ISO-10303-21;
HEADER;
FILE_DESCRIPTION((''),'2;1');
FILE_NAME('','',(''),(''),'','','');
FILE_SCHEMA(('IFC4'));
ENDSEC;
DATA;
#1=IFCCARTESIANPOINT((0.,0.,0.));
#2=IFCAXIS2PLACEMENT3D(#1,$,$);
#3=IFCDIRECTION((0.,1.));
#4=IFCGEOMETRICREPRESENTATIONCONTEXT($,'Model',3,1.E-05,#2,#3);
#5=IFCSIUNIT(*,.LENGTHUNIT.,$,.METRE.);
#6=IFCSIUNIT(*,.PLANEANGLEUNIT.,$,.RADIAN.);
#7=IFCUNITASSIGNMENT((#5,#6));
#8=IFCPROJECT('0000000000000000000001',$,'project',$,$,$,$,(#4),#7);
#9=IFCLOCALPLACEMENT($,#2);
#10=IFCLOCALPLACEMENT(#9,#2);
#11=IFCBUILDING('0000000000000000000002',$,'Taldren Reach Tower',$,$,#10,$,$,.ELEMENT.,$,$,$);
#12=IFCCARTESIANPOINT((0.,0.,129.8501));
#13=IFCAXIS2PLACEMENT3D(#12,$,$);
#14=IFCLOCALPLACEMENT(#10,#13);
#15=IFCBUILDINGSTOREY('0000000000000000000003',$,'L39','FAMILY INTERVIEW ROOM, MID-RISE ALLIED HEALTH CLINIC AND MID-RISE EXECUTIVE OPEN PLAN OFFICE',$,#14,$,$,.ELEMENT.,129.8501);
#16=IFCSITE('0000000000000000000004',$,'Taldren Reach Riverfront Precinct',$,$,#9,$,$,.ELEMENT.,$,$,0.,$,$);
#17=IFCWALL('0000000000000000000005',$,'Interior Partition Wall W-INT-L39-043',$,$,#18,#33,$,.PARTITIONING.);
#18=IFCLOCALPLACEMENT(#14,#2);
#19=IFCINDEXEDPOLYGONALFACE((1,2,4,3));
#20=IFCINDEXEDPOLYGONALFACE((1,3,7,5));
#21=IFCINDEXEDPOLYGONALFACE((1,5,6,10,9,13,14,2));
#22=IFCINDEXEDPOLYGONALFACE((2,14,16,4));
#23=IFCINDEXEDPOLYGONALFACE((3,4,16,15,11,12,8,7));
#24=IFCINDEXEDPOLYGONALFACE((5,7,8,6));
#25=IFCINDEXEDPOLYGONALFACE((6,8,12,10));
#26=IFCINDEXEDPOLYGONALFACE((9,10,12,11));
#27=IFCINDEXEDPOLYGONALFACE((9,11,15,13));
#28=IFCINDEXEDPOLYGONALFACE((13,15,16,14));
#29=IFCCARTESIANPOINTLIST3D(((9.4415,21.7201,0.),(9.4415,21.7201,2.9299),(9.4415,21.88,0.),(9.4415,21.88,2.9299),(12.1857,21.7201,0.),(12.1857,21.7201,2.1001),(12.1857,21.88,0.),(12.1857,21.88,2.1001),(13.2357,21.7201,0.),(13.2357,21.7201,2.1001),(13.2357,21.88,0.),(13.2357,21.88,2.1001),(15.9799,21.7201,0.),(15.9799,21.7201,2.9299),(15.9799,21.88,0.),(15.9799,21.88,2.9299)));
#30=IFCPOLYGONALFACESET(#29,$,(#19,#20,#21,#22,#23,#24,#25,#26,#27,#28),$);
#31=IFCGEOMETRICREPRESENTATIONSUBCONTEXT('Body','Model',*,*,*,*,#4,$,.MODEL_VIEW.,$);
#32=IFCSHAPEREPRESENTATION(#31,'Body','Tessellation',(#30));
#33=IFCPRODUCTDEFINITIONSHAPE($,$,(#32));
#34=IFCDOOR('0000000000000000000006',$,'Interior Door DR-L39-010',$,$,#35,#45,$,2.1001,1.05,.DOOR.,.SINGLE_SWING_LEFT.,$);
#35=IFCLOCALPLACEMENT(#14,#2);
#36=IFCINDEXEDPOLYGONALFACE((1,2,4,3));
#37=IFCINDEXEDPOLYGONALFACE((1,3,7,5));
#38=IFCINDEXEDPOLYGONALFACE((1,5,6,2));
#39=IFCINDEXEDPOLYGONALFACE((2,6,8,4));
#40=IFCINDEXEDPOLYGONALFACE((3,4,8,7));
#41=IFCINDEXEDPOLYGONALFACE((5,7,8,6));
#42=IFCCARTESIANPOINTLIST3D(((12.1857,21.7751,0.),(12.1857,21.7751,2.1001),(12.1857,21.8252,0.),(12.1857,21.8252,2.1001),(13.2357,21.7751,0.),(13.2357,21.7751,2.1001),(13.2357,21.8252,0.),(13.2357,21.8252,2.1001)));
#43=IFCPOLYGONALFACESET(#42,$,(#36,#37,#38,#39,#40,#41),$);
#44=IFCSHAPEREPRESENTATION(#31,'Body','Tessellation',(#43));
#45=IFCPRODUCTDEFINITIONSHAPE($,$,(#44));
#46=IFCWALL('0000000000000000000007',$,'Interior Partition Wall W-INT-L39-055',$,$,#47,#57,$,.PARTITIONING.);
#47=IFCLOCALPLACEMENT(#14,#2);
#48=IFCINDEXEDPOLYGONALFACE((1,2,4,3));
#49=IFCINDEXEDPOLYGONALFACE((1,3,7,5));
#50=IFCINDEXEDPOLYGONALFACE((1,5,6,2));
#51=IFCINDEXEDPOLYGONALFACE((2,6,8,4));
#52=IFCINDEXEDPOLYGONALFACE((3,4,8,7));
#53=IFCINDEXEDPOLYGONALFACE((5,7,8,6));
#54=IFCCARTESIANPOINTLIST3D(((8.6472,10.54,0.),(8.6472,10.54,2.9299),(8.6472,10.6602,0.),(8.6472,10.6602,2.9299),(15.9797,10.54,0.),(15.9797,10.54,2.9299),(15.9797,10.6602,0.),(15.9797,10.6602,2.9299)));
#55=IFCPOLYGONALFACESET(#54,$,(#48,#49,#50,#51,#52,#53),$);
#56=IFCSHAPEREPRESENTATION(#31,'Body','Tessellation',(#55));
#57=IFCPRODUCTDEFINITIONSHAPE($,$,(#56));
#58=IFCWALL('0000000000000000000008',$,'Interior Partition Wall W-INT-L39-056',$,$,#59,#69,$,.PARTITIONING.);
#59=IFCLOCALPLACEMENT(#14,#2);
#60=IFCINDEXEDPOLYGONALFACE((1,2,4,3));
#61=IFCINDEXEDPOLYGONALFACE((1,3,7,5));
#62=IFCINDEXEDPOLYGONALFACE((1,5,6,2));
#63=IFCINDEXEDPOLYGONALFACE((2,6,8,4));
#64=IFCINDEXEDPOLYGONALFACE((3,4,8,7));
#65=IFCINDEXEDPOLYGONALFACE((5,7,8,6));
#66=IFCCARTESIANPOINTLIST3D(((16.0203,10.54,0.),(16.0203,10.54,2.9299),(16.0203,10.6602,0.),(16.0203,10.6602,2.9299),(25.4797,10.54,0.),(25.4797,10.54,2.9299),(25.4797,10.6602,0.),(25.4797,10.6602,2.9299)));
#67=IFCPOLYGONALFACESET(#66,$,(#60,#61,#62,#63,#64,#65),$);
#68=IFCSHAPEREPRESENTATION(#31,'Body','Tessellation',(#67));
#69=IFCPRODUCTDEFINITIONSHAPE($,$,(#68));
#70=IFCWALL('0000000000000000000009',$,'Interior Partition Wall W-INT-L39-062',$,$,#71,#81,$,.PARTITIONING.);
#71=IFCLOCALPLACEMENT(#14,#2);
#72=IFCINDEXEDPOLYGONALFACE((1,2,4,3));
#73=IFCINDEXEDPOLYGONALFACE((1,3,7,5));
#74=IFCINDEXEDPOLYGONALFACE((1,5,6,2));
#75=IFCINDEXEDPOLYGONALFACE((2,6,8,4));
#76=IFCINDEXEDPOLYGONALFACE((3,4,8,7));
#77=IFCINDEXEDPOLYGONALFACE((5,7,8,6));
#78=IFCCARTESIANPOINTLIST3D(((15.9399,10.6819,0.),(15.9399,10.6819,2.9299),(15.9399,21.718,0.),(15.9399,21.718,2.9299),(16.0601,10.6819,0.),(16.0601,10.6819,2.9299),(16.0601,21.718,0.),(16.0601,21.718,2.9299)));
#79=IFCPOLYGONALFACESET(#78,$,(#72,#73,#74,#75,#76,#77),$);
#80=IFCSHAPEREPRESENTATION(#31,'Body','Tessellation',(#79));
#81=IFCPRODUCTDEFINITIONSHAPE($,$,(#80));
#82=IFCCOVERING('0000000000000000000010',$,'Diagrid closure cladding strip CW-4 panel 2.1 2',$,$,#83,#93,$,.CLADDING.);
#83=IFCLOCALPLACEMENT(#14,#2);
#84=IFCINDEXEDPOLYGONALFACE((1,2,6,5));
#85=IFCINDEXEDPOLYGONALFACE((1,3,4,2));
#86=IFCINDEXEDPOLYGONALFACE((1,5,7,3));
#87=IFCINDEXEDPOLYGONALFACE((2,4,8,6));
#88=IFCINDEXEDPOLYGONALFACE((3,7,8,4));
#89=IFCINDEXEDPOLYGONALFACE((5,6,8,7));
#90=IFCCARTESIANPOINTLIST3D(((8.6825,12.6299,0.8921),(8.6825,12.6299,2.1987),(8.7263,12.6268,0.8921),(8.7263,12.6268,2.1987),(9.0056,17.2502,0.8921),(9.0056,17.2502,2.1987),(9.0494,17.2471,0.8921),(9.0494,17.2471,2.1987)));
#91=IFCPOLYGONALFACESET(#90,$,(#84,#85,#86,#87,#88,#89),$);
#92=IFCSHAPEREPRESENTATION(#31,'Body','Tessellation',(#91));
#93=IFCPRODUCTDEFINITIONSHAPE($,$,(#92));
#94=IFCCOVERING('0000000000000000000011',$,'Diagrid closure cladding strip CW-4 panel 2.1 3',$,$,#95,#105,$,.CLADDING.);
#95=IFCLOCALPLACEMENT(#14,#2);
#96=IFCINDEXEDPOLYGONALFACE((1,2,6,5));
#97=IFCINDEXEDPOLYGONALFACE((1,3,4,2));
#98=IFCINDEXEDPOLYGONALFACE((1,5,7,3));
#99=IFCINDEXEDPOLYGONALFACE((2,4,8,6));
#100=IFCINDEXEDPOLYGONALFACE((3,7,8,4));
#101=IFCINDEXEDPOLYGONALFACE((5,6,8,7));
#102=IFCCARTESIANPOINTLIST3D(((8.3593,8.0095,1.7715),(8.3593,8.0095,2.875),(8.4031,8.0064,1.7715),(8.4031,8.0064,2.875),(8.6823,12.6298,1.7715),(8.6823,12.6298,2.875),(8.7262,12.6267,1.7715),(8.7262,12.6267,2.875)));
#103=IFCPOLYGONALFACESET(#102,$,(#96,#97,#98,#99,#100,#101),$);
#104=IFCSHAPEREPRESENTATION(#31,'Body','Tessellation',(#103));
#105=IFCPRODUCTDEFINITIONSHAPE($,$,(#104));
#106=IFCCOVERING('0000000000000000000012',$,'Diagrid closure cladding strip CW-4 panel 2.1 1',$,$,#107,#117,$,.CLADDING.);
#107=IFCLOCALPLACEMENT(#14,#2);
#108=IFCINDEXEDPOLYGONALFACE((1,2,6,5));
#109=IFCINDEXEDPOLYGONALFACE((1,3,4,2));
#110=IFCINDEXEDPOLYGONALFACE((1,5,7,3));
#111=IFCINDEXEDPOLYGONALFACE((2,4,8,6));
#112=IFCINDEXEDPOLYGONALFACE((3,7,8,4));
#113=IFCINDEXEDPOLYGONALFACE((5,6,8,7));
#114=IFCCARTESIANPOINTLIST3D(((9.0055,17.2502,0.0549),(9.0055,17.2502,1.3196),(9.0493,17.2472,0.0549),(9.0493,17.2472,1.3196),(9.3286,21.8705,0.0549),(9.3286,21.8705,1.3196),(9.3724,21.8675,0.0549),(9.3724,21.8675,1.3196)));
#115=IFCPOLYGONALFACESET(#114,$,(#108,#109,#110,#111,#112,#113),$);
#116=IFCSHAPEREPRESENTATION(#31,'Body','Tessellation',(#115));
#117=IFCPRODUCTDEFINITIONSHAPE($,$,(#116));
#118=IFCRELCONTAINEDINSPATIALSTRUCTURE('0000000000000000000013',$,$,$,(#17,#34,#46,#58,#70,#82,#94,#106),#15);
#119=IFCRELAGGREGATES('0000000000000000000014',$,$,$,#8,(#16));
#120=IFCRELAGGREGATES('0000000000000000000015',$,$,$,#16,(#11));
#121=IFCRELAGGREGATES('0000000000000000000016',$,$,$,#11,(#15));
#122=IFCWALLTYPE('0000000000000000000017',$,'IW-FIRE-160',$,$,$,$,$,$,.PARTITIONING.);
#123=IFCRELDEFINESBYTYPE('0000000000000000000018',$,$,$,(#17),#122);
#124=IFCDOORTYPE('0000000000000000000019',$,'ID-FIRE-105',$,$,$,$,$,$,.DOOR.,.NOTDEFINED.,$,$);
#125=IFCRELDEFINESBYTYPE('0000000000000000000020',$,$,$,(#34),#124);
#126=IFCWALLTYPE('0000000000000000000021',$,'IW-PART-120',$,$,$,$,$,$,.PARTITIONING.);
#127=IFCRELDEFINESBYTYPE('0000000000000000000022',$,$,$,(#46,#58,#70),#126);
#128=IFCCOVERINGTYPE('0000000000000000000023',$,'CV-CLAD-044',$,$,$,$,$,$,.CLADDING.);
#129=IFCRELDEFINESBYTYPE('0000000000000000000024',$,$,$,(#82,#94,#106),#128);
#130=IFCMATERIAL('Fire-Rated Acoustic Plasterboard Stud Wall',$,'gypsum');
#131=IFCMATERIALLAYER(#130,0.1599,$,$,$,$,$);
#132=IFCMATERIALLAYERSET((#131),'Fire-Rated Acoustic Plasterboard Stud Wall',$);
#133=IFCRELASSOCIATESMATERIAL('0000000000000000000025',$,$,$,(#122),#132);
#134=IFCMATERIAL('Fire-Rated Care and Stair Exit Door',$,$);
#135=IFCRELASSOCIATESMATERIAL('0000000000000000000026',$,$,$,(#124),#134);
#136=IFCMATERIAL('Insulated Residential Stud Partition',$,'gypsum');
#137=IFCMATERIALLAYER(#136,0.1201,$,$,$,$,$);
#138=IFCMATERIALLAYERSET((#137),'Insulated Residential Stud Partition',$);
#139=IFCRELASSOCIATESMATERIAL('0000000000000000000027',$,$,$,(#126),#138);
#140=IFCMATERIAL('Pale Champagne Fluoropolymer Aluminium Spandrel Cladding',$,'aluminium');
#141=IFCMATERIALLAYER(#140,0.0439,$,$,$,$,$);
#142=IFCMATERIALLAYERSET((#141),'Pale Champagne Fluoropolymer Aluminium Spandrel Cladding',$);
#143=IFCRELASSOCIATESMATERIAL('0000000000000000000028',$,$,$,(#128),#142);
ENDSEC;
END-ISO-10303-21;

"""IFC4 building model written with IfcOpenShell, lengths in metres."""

from ifc_helpers import new_model, si_unit, direction, frame, frame_2d, origin, origin_2d, place, context, subcontext, project, spatial, rectangle, extrude, source, transform, mapped, material, layer, layer_set, type_object, element, fill, save


model = new_model("IFC4")

# Units and contexts
model_context = context("Model", 3, precision=1e-05, world=origin(), true_north=direction((0.0, 1.0)))
body_context = subcontext(model_context, "Body", "Model", "MODEL_VIEW")
ifc_project = project(units=[si_unit("LENGTHUNIT", "METRE"), si_unit("PLANEANGLEUNIT", "RADIAN")], contexts=[model_context])

# Site, building, storey
site_placement = place(None, origin())
site = spatial("IfcSite", under=ifc_project, at=site_placement, Name="Taldren Reach Riverfront Precinct", CompositionType="ELEMENT", RefElevation=0.0)
building_placement = place(site_placement, origin())
building = spatial("IfcBuilding", under=site, at=building_placement, Name="Taldren Reach Tower", CompositionType="ELEMENT")
storey_placement = place(building_placement, frame((0.0, 0.0, 129.8501)))
storey = spatial("IfcBuildingStorey", under=building, at=storey_placement, Name="L39", Description="FAMILY INTERVIEW ROOM, MID-RISE ALLIED HEALTH CLINIC AND MID-RISE EXECUTIVE OPEN PLAN OFFICE", CompositionType="ELEMENT", Elevation=129.8501)

# Shared definitions
ifc_material_1 = material(Name="Fire-Rated Acoustic Plasterboard Stud Wall", Category="gypsum")
ifc_layer_1 = layer(ifc_material_1, 0.1599)
ifc_layer_set_1 = layer_set([ifc_layer_1], Name="Fire-Rated Acoustic Plasterboard Stud Wall")
wall_type_1 = type_object("IfcWallType", Name="IW-FIRE-160", PredefinedType="PARTITIONING", material=ifc_layer_set_1)

# Wall, opening, door
shared_shape_1 = source(origin(), body_context, "Body", "SweptSolid", [
    extrude(rectangle(XDim=6.5383, YDim=0.1599, at=frame_2d((3.269, 0.0))), origin(), (0.0, 0.0, 1.0), 2.9299),
])
wall_1_placement = place(storey_placement, frame((15.9797, 21.8, 0.0), z_axis=(0.0, 0.0, 1.0), x_axis=(-1.0, 0.0, 0.0)))
wall_1 = element("IfcWall", 1, at=wall_1_placement, inside=storey, type_object=wall_type_1, Name="Interior Partition Wall W-INT-L39-043", PredefinedType="PARTITIONING", context=body_context, shape_type="MappedRepresentation", body=[
    mapped(shared_shape_1, transform((0.0, 0.0, 0.0), scale=1.0)),
])
shared_shape_2 = source(origin(), body_context, "Body", "SweptSolid", [
    extrude(rectangle(XDim=1.05, YDim=2.1001, at=frame_2d((0.5249, 1.05))), frame((0.0, 0.0898, 0.0), z_axis=(0.0, -1.0, 0.0), x_axis=(1.0, 0.0, 0.0)), (0.0, 0.0, 1.0), 0.1799),
])
opening_placement = place(wall_1_placement, frame((2.7441, 0.0, 0.0)))
opening = element("IfcOpeningElement", 2, at=opening_placement, cuts=wall_1, PredefinedType="OPENING", context=body_context, shape_type="MappedRepresentation", body=[
    mapped(shared_shape_2, transform((0.0, 0.0, 0.0), scale=1.0)),
])
ifc_material_2 = material(Name="Fire-Rated Care and Stair Exit Door")
door_type = type_object("IfcDoorType", Name="ID-FIRE-105", OperationType="NOTDEFINED", PredefinedType="DOOR", material=ifc_material_2)
shared_shape_3 = source(origin(), body_context, "Body", "SweptSolid", [
    extrude(rectangle(XDim=1.05, YDim=2.1001, at=frame_2d((0.5249, 1.05))), frame((0.0, 0.0249, 0.0), z_axis=(0.0, -1.0, 0.0), x_axis=(1.0, 0.0, 0.0)), (0.0, 0.0, 1.0), 0.05),
])
door_placement = place(opening_placement, origin())
door = element("IfcDoor", 3, at=door_placement, inside=storey, type_object=door_type, Name="Interior Door DR-L39-010", OperationType="SINGLE_SWING_LEFT", OverallHeight=2.1001, OverallWidth=1.05, PredefinedType="DOOR", context=body_context, shape_type="MappedRepresentation", body=[
    mapped(shared_shape_3, transform((0.0, 0.0, 0.0), scale=1.0)),
])
fill(opening, door)

# Walls
ifc_material_3 = material(Name="Insulated Residential Stud Partition", Category="gypsum")
ifc_layer_2 = layer(ifc_material_3, 0.1201)
ifc_layer_set_2 = layer_set([ifc_layer_2], Name="Insulated Residential Stud Partition")
wall_type_2 = type_object("IfcWallType", Name="IW-PART-120", PredefinedType="PARTITIONING", material=ifc_layer_set_2)
shared_shape_4 = source(origin(), body_context, "Body", "SweptSolid", [
    extrude(rectangle(XDim=7.3325, YDim=0.1201, at=frame_2d((3.6663, 0.0))), origin(), (0.0, 0.0, 1.0), 2.9299),
])
wall_2_placement = place(storey_placement, frame((8.6472, 10.6001, 0.0), z_axis=(0.0, 0.0, 1.0), x_axis=(1.0, 0.0, 0.0)))
element("IfcWall", 4, at=wall_2_placement, inside=storey, type_object=wall_type_2, Name="Interior Partition Wall W-INT-L39-055", PredefinedType="PARTITIONING", context=body_context, shape_type="MappedRepresentation", body=[
    mapped(shared_shape_4, transform((0.0, 0.0, 0.0), scale=1.0)),
])
shared_shape_5 = source(origin(), body_context, "Body", "SweptSolid", [
    extrude(rectangle(XDim=9.4595, YDim=0.1201, at=frame_2d((4.7297, 0.0))), origin(), (0.0, 0.0, 1.0), 2.9299),
])
wall_3_placement = place(storey_placement, frame((16.0203, 10.6001, 0.0), z_axis=(0.0, 0.0, 1.0), x_axis=(1.0, 0.0, 0.0)))
element("IfcWall", 5, at=wall_3_placement, inside=storey, type_object=wall_type_2, Name="Interior Partition Wall W-INT-L39-056", PredefinedType="PARTITIONING", context=body_context, shape_type="MappedRepresentation", body=[
    mapped(shared_shape_5, transform((0.0, 0.0, 0.0), scale=1.0)),
])
shared_shape_6 = source(origin(), body_context, "Body", "SweptSolid", [
    extrude(rectangle(XDim=11.0361, YDim=0.1201, at=frame_2d((5.5181, 0.0))), origin(), (0.0, 0.0, 1.0), 2.9299),
])
wall_4_placement = place(storey_placement, frame((16.0, 21.718, 0.0), z_axis=(0.0, 0.0, 1.0), x_axis=(0.0, -1.0, 0.0)))
element("IfcWall", 6, at=wall_4_placement, inside=storey, type_object=wall_type_2, Name="Interior Partition Wall W-INT-L39-062", PredefinedType="PARTITIONING", context=body_context, shape_type="MappedRepresentation", body=[
    mapped(shared_shape_6, transform((0.0, 0.0, 0.0), scale=1.0)),
])

# Coverings
ifc_material_4 = material(Name="Pale Champagne Fluoropolymer Aluminium Spandrel Cladding", Category="aluminium")
ifc_layer_3 = layer(ifc_material_4, 0.0439)
ifc_layer_set_3 = layer_set([ifc_layer_3], Name="Pale Champagne Fluoropolymer Aluminium Spandrel Cladding")
covering_type = type_object("IfcCoveringType", Name="CV-CLAD-044", PredefinedType="CLADDING", material=ifc_layer_set_3)
shared_shape_7 = source(origin(), body_context, "Body", "SweptSolid", [
    extrude(rectangle(XDim=4.6316, YDim=0.0439, at=origin_2d()), origin(), (0.0, 0.0, 1.0), 1.3066),
])
covering_1_placement = place(storey_placement, frame((8.866, 14.9385, 0.8921), z_axis=(0.0, 0.0, 1.0), x_axis=(-0.069756, -0.997564, 0.0)))
element("IfcCovering", 7, at=covering_1_placement, inside=storey, type_object=covering_type, Name="Diagrid closure cladding strip CW-4 panel 2.1 2", PredefinedType="CLADDING", context=body_context, shape_type="MappedRepresentation", body=[
    mapped(shared_shape_7, transform((0.0, 0.0, 0.0), scale=1.0)),
])
shared_shape_8 = source(origin(), body_context, "Body", "SweptSolid", [
    extrude(rectangle(XDim=4.6316, YDim=0.0439, at=origin_2d()), origin(), (0.0, 0.0, 1.0), 1.1035),
])
covering_2_placement = place(storey_placement, frame((8.5427, 10.3181, 1.7715), z_axis=(0.0, 0.0, 1.0), x_axis=(-0.069756, -0.997564, 0.0)))
element("IfcCovering", 8, at=covering_2_placement, inside=storey, type_object=covering_type, Name="Diagrid closure cladding strip CW-4 panel 2.1 3", PredefinedType="CLADDING", context=body_context, shape_type="MappedRepresentation", body=[
    mapped(shared_shape_8, transform((0.0, 0.0, 0.0), scale=1.0)),
])
shared_shape_9 = source(origin(), body_context, "Body", "SweptSolid", [
    extrude(rectangle(XDim=4.6316, YDim=0.0439, at=origin_2d()), origin(), (0.0, 0.0, 1.0), 1.2646),
])
covering_3_placement = place(storey_placement, frame((9.189, 19.5588, 0.0549), z_axis=(0.0, 0.0, 1.0), x_axis=(-0.069756, -0.997564, 0.0)))
element("IfcCovering", 9, at=covering_3_placement, inside=storey, type_object=covering_type, Name="Diagrid closure cladding strip CW-4 panel 2.1 1", PredefinedType="CLADDING", context=body_context, shape_type="MappedRepresentation", body=[
    mapped(shared_shape_9, transform((0.0, 0.0, 0.0), scale=1.0)),
])

save(model, "model.ifc")
